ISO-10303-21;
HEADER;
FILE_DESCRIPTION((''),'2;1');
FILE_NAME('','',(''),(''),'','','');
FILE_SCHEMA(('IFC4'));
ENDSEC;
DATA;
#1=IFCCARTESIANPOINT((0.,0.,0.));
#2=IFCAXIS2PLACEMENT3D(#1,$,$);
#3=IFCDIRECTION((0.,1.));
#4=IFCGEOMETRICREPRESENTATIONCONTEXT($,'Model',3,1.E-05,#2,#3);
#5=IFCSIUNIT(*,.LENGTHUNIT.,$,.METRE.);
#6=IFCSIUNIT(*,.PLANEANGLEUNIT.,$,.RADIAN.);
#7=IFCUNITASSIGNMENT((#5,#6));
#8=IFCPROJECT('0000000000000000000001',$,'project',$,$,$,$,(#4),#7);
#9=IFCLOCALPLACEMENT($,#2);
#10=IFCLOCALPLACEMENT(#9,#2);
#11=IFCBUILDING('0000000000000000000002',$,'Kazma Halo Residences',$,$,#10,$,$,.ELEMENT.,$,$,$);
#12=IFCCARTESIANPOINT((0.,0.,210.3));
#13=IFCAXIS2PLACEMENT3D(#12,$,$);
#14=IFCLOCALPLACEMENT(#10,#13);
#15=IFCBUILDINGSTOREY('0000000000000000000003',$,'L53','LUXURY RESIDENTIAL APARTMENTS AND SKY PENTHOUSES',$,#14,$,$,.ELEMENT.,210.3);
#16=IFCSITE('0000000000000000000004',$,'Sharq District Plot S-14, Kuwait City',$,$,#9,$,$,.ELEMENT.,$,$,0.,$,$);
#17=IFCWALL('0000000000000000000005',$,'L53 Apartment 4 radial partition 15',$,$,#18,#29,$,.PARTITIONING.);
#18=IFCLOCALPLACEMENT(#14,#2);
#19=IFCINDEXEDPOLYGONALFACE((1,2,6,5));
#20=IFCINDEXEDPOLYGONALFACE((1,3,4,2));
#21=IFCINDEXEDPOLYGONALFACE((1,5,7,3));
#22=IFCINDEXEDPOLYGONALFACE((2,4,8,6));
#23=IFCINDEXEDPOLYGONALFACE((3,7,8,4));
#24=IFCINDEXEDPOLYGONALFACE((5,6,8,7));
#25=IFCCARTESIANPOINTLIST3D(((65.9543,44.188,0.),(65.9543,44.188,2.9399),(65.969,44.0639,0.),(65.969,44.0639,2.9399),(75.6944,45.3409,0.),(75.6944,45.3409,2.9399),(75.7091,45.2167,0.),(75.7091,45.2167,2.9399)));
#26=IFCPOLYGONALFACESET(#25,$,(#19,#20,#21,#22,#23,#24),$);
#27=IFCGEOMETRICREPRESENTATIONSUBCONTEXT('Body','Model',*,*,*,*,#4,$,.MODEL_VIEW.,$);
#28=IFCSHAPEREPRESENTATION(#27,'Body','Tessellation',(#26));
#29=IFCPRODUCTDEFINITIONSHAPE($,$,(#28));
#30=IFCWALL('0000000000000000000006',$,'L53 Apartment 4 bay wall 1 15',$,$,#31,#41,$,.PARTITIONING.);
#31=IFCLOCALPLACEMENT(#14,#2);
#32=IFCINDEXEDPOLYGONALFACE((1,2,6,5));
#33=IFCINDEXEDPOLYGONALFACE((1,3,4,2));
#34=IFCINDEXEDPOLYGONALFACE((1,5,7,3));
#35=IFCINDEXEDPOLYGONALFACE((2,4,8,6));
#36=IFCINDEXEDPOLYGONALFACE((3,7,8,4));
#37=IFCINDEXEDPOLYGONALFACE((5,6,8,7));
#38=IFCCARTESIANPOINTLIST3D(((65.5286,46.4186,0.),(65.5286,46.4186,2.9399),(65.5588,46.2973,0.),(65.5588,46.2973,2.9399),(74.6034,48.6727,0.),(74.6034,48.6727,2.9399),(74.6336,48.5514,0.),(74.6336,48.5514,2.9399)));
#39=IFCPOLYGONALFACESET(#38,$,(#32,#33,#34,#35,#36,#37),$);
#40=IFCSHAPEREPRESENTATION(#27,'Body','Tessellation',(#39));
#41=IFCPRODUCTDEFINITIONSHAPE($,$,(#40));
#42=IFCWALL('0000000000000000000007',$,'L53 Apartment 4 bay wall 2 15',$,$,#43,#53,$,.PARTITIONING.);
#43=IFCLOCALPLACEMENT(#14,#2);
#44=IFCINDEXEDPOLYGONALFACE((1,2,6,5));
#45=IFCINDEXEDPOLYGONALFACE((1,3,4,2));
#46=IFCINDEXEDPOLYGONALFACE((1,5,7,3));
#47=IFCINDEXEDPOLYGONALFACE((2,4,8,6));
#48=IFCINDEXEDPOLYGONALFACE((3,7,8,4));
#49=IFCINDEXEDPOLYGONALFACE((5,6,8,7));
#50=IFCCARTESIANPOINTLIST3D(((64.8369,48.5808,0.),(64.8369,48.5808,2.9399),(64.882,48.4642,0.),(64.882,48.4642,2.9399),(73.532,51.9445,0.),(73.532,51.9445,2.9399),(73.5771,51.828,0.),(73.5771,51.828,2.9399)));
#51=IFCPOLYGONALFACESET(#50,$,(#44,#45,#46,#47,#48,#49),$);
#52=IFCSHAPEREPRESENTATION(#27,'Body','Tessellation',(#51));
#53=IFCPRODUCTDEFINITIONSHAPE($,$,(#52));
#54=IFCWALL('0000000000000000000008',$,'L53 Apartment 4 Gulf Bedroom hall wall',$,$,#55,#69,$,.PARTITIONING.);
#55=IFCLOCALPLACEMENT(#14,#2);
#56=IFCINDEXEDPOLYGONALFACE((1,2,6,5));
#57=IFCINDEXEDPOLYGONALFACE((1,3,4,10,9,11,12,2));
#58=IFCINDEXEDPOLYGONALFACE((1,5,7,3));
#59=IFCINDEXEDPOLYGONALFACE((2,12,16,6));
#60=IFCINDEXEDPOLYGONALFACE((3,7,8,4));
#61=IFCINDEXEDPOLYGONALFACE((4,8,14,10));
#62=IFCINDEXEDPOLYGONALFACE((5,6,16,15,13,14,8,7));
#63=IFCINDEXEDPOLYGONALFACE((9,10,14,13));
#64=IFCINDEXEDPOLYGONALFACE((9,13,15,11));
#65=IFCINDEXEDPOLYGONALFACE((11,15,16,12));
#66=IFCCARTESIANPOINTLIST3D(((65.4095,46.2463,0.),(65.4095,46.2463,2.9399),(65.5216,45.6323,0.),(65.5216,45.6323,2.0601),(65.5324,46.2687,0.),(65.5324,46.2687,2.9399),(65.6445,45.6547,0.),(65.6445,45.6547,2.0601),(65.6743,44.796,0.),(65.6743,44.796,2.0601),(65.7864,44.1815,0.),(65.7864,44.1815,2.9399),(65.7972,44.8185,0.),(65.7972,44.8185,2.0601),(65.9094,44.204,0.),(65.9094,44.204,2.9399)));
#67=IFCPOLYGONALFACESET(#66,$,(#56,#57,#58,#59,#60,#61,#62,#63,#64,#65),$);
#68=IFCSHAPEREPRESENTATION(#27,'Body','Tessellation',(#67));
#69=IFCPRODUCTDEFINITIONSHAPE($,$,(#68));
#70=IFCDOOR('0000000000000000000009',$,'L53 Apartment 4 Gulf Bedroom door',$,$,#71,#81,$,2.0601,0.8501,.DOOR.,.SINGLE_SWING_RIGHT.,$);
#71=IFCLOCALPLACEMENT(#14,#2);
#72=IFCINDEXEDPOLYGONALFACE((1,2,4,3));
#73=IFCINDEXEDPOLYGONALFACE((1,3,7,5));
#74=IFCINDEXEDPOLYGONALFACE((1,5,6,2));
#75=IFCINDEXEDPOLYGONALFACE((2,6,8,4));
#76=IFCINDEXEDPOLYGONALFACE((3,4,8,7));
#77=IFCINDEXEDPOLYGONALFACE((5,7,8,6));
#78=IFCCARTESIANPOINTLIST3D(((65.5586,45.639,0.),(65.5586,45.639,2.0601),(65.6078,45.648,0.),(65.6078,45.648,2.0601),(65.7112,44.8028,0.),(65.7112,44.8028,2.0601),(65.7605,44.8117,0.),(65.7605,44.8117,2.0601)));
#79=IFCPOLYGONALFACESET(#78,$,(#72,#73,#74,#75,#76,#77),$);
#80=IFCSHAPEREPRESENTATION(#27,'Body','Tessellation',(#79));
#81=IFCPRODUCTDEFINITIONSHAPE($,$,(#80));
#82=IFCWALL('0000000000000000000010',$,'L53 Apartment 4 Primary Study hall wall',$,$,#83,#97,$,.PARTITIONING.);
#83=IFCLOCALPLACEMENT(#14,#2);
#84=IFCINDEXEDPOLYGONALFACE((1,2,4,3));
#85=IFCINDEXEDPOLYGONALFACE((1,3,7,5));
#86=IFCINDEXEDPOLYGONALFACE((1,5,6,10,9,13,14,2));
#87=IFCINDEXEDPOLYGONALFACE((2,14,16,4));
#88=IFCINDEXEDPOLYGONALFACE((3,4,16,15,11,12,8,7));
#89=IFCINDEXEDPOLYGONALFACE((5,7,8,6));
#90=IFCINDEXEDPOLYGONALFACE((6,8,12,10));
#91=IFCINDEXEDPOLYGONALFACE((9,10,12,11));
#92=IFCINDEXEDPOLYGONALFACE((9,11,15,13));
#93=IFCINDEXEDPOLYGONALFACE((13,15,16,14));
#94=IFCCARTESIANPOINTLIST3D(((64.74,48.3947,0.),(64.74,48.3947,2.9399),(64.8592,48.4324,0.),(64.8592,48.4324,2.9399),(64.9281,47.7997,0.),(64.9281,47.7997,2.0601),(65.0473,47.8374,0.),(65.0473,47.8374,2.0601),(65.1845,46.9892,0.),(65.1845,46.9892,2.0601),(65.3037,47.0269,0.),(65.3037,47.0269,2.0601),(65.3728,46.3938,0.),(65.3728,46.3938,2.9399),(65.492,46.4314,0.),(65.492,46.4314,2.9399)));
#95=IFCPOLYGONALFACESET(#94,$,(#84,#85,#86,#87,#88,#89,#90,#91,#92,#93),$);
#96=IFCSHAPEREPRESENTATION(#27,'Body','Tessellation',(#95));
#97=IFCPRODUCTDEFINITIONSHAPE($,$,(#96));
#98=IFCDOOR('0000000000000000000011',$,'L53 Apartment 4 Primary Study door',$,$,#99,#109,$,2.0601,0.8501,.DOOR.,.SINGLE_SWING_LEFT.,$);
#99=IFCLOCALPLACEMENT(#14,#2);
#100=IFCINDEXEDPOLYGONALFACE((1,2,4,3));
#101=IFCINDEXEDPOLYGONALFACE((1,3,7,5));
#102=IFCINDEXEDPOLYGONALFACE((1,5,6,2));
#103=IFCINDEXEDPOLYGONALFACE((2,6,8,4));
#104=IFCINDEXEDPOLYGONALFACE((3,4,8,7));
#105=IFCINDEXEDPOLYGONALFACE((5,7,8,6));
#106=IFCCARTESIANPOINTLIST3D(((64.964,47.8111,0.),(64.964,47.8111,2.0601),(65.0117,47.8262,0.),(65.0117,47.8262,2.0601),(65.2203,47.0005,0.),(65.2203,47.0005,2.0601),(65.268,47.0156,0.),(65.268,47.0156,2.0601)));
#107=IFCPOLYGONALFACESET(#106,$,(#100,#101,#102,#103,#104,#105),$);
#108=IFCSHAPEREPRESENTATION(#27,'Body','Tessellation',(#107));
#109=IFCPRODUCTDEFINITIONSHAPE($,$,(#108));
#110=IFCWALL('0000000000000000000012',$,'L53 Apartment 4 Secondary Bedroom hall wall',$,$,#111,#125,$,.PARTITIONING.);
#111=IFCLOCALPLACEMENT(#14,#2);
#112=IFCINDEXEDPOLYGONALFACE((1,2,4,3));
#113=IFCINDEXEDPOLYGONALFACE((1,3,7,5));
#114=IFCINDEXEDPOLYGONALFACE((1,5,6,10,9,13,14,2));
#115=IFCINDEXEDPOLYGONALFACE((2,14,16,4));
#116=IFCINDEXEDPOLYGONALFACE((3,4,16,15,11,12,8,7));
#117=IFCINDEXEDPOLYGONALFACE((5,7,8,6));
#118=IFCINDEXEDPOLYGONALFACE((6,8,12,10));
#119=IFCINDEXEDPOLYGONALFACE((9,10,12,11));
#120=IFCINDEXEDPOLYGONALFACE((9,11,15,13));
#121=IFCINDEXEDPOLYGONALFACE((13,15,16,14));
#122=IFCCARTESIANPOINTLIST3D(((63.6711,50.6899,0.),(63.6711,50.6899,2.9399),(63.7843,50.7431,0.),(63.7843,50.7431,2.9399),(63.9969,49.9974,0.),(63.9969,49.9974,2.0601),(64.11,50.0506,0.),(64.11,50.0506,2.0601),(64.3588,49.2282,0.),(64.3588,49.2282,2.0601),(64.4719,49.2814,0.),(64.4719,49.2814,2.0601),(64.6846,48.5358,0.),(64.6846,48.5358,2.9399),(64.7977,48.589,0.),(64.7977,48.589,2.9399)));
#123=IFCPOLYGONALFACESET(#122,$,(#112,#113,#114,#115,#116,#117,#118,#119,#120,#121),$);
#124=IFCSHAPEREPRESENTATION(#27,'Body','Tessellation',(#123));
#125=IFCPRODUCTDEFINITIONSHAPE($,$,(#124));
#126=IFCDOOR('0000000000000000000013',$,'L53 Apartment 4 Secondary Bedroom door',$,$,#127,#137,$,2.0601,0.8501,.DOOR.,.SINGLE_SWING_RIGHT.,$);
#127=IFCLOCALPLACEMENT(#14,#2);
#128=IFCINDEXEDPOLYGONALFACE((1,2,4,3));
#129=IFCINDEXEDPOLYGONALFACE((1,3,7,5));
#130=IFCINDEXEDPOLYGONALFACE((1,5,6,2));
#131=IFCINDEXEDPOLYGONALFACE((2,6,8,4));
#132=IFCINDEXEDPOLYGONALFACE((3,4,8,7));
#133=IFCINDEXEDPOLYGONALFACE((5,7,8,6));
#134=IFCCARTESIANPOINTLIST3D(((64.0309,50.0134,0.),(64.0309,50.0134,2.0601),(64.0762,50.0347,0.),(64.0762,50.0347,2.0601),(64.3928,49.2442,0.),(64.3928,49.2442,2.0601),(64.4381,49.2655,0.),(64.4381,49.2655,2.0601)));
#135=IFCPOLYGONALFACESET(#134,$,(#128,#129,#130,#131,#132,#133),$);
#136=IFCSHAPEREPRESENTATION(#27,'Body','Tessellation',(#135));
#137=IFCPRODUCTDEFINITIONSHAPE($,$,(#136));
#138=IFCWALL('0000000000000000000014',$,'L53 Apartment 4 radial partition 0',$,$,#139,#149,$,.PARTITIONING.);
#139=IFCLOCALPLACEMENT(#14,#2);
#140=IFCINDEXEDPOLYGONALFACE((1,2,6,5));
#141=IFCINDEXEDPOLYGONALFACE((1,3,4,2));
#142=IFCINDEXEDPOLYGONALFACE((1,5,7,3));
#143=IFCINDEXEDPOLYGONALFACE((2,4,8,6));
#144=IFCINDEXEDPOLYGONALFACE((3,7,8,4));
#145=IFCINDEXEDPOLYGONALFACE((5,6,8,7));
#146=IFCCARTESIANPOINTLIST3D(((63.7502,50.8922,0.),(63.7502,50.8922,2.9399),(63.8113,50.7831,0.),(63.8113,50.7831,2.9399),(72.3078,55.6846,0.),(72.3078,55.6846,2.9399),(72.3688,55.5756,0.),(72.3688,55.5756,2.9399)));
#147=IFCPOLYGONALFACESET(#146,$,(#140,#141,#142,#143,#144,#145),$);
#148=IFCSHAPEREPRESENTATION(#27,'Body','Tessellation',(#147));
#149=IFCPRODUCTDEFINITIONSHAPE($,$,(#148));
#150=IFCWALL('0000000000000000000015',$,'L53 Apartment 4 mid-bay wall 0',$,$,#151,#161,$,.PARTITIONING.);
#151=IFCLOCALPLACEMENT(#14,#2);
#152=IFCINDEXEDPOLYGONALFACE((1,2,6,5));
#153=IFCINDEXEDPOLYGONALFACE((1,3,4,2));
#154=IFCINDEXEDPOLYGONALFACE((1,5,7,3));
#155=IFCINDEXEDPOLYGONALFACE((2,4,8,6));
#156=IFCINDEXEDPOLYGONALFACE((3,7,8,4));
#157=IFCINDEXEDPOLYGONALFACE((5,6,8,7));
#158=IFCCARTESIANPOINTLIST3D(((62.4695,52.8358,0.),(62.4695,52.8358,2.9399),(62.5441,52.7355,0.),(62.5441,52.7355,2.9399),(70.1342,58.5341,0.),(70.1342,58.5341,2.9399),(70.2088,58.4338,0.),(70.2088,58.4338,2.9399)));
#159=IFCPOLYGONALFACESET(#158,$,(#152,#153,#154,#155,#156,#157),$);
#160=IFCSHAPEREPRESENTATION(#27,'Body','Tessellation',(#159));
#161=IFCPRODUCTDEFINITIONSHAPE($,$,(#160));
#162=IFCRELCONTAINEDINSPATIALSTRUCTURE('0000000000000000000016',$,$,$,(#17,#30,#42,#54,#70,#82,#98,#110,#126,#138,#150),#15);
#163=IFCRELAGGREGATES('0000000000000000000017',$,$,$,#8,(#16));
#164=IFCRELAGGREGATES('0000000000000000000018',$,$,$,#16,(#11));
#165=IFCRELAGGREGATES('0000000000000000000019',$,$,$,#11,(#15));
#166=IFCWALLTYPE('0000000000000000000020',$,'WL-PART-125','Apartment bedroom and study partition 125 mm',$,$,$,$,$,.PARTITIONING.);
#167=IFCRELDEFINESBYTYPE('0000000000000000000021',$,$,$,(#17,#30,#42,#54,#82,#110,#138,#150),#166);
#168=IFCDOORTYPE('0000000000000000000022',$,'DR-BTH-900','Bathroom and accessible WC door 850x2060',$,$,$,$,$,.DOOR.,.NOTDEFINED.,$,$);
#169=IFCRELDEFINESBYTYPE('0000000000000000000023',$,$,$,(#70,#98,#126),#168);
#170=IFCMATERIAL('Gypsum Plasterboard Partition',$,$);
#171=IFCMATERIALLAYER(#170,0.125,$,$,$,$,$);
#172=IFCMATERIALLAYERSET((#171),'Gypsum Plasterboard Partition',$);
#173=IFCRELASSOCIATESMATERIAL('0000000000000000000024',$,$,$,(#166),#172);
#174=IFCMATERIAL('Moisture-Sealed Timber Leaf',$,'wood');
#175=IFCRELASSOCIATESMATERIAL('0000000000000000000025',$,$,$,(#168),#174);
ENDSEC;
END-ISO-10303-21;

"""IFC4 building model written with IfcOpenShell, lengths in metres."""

from ifc_helpers import new_model, si_unit, direction, frame, frame_2d, origin, place, context, subcontext, project, spatial, rectangle, extrude, material, layer, layer_set, type_object, element, fill, save


model = new_model("IFC4")

# Units and contexts
model_context = context("Model", 3, precision=1e-05, world=origin(), true_north=direction((0.0, 1.0)))
body_context = subcontext(model_context, "Body", "Model", "MODEL_VIEW")
ifc_project = project(units=[si_unit("LENGTHUNIT", "METRE"), si_unit("PLANEANGLEUNIT", "RADIAN")], contexts=[model_context])

# Site, building, storey
site_placement = place(None, origin())
site = spatial("IfcSite", under=ifc_project, at=site_placement, Name="Sharq District Plot S-14, Kuwait City", CompositionType="ELEMENT", RefElevation=0.0)
building_placement = place(site_placement, origin())
building = spatial("IfcBuilding", under=site, at=building_placement, Name="Kazma Halo Residences", CompositionType="ELEMENT")
storey_placement = place(building_placement, frame((0.0, 0.0, 210.3)))
storey = spatial("IfcBuildingStorey", under=building, at=storey_placement, Name="L53", Description="LUXURY RESIDENTIAL APARTMENTS AND SKY PENTHOUSES", CompositionType="ELEMENT", Elevation=210.3)

# Walls
ifc_material_1 = material(Name="Gypsum Plasterboard Partition")
ifc_layer_1 = layer(ifc_material_1, 0.125)
ifc_layer_set_1 = layer_set([ifc_layer_1], Name="Gypsum Plasterboard Partition")
wall_type_1 = type_object("IfcWallType", Name="WL-PART-125", Description="Apartment bedroom and study partition 125 mm", PredefinedType="PARTITIONING", material=ifc_layer_set_1)
wall_1_placement = place(storey_placement, frame((65.9617, 44.126, 0.0), z_axis=(0.0, 0.0, 1.0), x_axis=(0.993068, 0.117537, 0.0)))
element("IfcWall", 1, at=wall_1_placement, inside=storey, type_object=wall_type_1, Name="L53 Apartment 4 radial partition 15", PredefinedType="PARTITIONING", context=body_context, shape_type="SweptSolid", body=[
    extrude(rectangle(XDim=9.8081, YDim=0.125, at=frame_2d((4.9041, 0.0))), origin(), (0.0, 0.0, 1.0), 2.9399),
])
wall_2_placement = place(storey_placement, frame((65.5437, 46.3579, 0.0), z_axis=(0.0, 0.0, 1.0), x_axis=(0.970507, 0.241073, 0.0)))
element("IfcWall", 2, at=wall_2_placement, inside=storey, type_object=wall_type_1, Name="L53 Apartment 4 bay wall 1 15", PredefinedType="PARTITIONING", context=body_context, shape_type="SweptSolid", body=[
    extrude(rectangle(XDim=9.3506, YDim=0.125, at=frame_2d((4.6753, 0.0))), origin(), (0.0, 0.0, 1.0), 2.9399),
])
wall_3_placement = place(storey_placement, frame((64.8594, 48.5225, 0.0), z_axis=(0.0, 0.0, 1.0), x_axis=(0.932643, 0.360802, 0.0)))
element("IfcWall", 3, at=wall_3_placement, inside=storey, type_object=wall_type_1, Name="L53 Apartment 4 bay wall 2 15", PredefinedType="PARTITIONING", context=body_context, shape_type="SweptSolid", body=[
    extrude(rectangle(XDim=9.323, YDim=0.125, at=frame_2d((4.6616, 0.0))), origin(), (0.0, 0.0, 1.0), 2.9399),
])

# Walls, openings, doors
wall_4_placement = place(storey_placement, frame((65.8479, 44.1929, 0.0), z_axis=(0.0, 0.0, 1.0), x_axis=(-0.179602, 0.983739, 0.0)))
wall_4 = element("IfcWall", 4, at=wall_4_placement, inside=storey, type_object=wall_type_1, Name="L53 Apartment 4 Gulf Bedroom hall wall", PredefinedType="PARTITIONING", context=body_context, shape_type="SweptSolid", body=[
    extrude(rectangle(XDim=2.0989, YDim=0.125, at=frame_2d((1.0493, 0.0))), origin(), (0.0, 0.0, 1.0), 2.9399),
])
opening_1_placement = place(wall_4_placement, frame((0.6245, 0.0, 0.0)))
opening_1 = element("IfcOpeningElement", 5, at=opening_1_placement, cuts=wall_4, PredefinedType="OPENING", context=body_context, shape_type="SweptSolid", body=[
    extrude(rectangle(XDim=0.8501, YDim=2.0601, at=frame_2d((0.425, 1.03))), frame((0.0, 0.0725, 0.0), z_axis=(0.0, -1.0, 0.0), x_axis=(1.0, 0.0, 0.0)), (0.0, 0.0, 1.0), 0.145),
])
ifc_material_2 = material(Name="Moisture-Sealed Timber Leaf", Category="wood")
door_type_1 = type_object("IfcDoorType", Name="DR-BTH-900", Description="Bathroom and accessible WC door 850x2060", OperationType="NOTDEFINED", PredefinedType="DOOR", material=ifc_material_2)
door_1_placement = place(opening_1_placement, origin())
door_1 = element("IfcDoor", 6, at=door_1_placement, inside=storey, type_object=door_type_1, Name="L53 Apartment 4 Gulf Bedroom door", OperationType="SINGLE_SWING_RIGHT", OverallHeight=2.0601, OverallWidth=0.8501, PredefinedType="DOOR", context=body_context, shape_type="SweptSolid", body=[
    extrude(rectangle(XDim=0.8501, YDim=2.0601, at=frame_2d((0.425, 1.03))), frame((0.0, 0.0249, 0.0), z_axis=(0.0, -1.0, 0.0), x_axis=(1.0, 0.0, 0.0)), (0.0, 0.0, 1.0), 0.05),
])
fill(opening_1, door_1)
wall_5_placement = place(storey_placement, frame((65.4324, 46.4126, 0.0), z_axis=(0.0, 0.0, 1.0), x_axis=(-0.301532, 0.953456, 0.0)))
wall_5 = element("IfcWall", 7, at=wall_5_placement, inside=storey, type_object=wall_type_1, Name="L53 Apartment 4 Primary Study hall wall", PredefinedType="PARTITIONING", context=body_context, shape_type="SweptSolid", body=[
    extrude(rectangle(XDim=2.0986, YDim=0.125, at=frame_2d((1.0493, 0.0))), origin(), (0.0, 0.0, 1.0), 2.9399),
])
opening_2_placement = place(wall_5_placement, frame((0.6245, 0.0, 0.0)))
opening_2 = element("IfcOpeningElement", 8, at=opening_2_placement, cuts=wall_5, PredefinedType="OPENING", context=body_context, shape_type="SweptSolid", body=[
    extrude(rectangle(XDim=0.8501, YDim=2.0601, at=frame_2d((0.425, 1.03))), frame((0.0, 0.0725, 0.0), z_axis=(0.0, -1.0, 0.0), x_axis=(1.0, 0.0, 0.0)), (0.0, 0.0, 1.0), 0.145),
])
door_2_placement = place(opening_2_placement, origin())
door_2 = element("IfcDoor", 9, at=door_2_placement, inside=storey, type_object=door_type_1, Name="L53 Apartment 4 Primary Study door", OperationType="SINGLE_SWING_LEFT", OverallHeight=2.0601, OverallWidth=0.8501, PredefinedType="DOOR", context=body_context, shape_type="SweptSolid", body=[
    extrude(rectangle(XDim=0.8501, YDim=2.0601, at=frame_2d((0.425, 1.03))), frame((0.0, 0.0249, 0.0), z_axis=(0.0, -1.0, 0.0), x_axis=(1.0, 0.0, 0.0)), (0.0, 0.0, 1.0), 0.05),
])
fill(opening_2, door_2)
wall_6_placement = place(storey_placement, frame((64.7412, 48.5623, 0.0), z_axis=(0.0, 0.0, 1.0), x_axis=(-0.425713, 0.904858, 0.0)))
wall_6 = element("IfcWall", 10, at=wall_6_placement, inside=storey, type_object=wall_type_1, Name="L53 Apartment 4 Secondary Bedroom hall wall", PredefinedType="PARTITIONING", context=body_context, shape_type="SweptSolid", body=[
    extrude(rectangle(XDim=2.3806, YDim=0.125, at=frame_2d((1.1904, 0.0))), origin(), (0.0, 0.0, 1.0), 2.9399),
])
opening_3_placement = place(wall_6_placement, frame((0.7654, 0.0, 0.0)))
opening_3 = element("IfcOpeningElement", 11, at=opening_3_placement, cuts=wall_6, PredefinedType="OPENING", context=body_context, shape_type="SweptSolid", body=[
    extrude(rectangle(XDim=0.8501, YDim=2.0601, at=frame_2d((0.425, 1.03))), frame((0.0, 0.0725, 0.0), z_axis=(0.0, -1.0, 0.0), x_axis=(1.0, 0.0, 0.0)), (0.0, 0.0, 1.0), 0.145),
])
door_3_placement = place(opening_3_placement, origin())
door_3 = element("IfcDoor", 12, at=door_3_placement, inside=storey, type_object=door_type_1, Name="L53 Apartment 4 Secondary Bedroom door", OperationType="SINGLE_SWING_RIGHT", OverallHeight=2.0601, OverallWidth=0.8501, PredefinedType="DOOR", context=body_context, shape_type="SweptSolid", body=[
    extrude(rectangle(XDim=0.8501, YDim=2.0601, at=frame_2d((0.425, 1.03))), frame((0.0, 0.0249, 0.0), z_axis=(0.0, -1.0, 0.0), x_axis=(1.0, 0.0, 0.0)), (0.0, 0.0, 1.0), 0.05),
])
fill(opening_3, door_3)

# Walls
wall_7_placement = place(storey_placement, frame((63.7808, 50.8376, 0.0), z_axis=(0.0, 0.0, 1.0), x_axis=(0.872497, 0.48862, 0.0)))
element("IfcWall", 13, at=wall_7_placement, inside=storey, type_object=wall_type_1, Name="L53 Apartment 4 radial partition 0", PredefinedType="PARTITIONING", context=body_context, shape_type="SweptSolid", body=[
    extrude(rectangle(XDim=9.8081, YDim=0.125, at=frame_2d((4.9041, 0.0))), origin(), (0.0, 0.0, 1.0), 2.9399),
])
wall_8_placement = place(storey_placement, frame((62.5068, 52.7856, 0.0), z_axis=(0.0, 0.0, 1.0), x_axis=(0.802514, 0.596633, 0.0)))
element("IfcWall", 14, at=wall_8_placement, inside=storey, type_object=wall_type_1, Name="L53 Apartment 4 mid-bay wall 0", PredefinedType="PARTITIONING", context=body_context, shape_type="SweptSolid", body=[
    extrude(rectangle(XDim=9.5508, YDim=0.125, at=frame_2d((4.7754, 0.0))), origin(), (0.0, 0.0, 1.0), 2.9399),
])

save(model, "model.ifc")
